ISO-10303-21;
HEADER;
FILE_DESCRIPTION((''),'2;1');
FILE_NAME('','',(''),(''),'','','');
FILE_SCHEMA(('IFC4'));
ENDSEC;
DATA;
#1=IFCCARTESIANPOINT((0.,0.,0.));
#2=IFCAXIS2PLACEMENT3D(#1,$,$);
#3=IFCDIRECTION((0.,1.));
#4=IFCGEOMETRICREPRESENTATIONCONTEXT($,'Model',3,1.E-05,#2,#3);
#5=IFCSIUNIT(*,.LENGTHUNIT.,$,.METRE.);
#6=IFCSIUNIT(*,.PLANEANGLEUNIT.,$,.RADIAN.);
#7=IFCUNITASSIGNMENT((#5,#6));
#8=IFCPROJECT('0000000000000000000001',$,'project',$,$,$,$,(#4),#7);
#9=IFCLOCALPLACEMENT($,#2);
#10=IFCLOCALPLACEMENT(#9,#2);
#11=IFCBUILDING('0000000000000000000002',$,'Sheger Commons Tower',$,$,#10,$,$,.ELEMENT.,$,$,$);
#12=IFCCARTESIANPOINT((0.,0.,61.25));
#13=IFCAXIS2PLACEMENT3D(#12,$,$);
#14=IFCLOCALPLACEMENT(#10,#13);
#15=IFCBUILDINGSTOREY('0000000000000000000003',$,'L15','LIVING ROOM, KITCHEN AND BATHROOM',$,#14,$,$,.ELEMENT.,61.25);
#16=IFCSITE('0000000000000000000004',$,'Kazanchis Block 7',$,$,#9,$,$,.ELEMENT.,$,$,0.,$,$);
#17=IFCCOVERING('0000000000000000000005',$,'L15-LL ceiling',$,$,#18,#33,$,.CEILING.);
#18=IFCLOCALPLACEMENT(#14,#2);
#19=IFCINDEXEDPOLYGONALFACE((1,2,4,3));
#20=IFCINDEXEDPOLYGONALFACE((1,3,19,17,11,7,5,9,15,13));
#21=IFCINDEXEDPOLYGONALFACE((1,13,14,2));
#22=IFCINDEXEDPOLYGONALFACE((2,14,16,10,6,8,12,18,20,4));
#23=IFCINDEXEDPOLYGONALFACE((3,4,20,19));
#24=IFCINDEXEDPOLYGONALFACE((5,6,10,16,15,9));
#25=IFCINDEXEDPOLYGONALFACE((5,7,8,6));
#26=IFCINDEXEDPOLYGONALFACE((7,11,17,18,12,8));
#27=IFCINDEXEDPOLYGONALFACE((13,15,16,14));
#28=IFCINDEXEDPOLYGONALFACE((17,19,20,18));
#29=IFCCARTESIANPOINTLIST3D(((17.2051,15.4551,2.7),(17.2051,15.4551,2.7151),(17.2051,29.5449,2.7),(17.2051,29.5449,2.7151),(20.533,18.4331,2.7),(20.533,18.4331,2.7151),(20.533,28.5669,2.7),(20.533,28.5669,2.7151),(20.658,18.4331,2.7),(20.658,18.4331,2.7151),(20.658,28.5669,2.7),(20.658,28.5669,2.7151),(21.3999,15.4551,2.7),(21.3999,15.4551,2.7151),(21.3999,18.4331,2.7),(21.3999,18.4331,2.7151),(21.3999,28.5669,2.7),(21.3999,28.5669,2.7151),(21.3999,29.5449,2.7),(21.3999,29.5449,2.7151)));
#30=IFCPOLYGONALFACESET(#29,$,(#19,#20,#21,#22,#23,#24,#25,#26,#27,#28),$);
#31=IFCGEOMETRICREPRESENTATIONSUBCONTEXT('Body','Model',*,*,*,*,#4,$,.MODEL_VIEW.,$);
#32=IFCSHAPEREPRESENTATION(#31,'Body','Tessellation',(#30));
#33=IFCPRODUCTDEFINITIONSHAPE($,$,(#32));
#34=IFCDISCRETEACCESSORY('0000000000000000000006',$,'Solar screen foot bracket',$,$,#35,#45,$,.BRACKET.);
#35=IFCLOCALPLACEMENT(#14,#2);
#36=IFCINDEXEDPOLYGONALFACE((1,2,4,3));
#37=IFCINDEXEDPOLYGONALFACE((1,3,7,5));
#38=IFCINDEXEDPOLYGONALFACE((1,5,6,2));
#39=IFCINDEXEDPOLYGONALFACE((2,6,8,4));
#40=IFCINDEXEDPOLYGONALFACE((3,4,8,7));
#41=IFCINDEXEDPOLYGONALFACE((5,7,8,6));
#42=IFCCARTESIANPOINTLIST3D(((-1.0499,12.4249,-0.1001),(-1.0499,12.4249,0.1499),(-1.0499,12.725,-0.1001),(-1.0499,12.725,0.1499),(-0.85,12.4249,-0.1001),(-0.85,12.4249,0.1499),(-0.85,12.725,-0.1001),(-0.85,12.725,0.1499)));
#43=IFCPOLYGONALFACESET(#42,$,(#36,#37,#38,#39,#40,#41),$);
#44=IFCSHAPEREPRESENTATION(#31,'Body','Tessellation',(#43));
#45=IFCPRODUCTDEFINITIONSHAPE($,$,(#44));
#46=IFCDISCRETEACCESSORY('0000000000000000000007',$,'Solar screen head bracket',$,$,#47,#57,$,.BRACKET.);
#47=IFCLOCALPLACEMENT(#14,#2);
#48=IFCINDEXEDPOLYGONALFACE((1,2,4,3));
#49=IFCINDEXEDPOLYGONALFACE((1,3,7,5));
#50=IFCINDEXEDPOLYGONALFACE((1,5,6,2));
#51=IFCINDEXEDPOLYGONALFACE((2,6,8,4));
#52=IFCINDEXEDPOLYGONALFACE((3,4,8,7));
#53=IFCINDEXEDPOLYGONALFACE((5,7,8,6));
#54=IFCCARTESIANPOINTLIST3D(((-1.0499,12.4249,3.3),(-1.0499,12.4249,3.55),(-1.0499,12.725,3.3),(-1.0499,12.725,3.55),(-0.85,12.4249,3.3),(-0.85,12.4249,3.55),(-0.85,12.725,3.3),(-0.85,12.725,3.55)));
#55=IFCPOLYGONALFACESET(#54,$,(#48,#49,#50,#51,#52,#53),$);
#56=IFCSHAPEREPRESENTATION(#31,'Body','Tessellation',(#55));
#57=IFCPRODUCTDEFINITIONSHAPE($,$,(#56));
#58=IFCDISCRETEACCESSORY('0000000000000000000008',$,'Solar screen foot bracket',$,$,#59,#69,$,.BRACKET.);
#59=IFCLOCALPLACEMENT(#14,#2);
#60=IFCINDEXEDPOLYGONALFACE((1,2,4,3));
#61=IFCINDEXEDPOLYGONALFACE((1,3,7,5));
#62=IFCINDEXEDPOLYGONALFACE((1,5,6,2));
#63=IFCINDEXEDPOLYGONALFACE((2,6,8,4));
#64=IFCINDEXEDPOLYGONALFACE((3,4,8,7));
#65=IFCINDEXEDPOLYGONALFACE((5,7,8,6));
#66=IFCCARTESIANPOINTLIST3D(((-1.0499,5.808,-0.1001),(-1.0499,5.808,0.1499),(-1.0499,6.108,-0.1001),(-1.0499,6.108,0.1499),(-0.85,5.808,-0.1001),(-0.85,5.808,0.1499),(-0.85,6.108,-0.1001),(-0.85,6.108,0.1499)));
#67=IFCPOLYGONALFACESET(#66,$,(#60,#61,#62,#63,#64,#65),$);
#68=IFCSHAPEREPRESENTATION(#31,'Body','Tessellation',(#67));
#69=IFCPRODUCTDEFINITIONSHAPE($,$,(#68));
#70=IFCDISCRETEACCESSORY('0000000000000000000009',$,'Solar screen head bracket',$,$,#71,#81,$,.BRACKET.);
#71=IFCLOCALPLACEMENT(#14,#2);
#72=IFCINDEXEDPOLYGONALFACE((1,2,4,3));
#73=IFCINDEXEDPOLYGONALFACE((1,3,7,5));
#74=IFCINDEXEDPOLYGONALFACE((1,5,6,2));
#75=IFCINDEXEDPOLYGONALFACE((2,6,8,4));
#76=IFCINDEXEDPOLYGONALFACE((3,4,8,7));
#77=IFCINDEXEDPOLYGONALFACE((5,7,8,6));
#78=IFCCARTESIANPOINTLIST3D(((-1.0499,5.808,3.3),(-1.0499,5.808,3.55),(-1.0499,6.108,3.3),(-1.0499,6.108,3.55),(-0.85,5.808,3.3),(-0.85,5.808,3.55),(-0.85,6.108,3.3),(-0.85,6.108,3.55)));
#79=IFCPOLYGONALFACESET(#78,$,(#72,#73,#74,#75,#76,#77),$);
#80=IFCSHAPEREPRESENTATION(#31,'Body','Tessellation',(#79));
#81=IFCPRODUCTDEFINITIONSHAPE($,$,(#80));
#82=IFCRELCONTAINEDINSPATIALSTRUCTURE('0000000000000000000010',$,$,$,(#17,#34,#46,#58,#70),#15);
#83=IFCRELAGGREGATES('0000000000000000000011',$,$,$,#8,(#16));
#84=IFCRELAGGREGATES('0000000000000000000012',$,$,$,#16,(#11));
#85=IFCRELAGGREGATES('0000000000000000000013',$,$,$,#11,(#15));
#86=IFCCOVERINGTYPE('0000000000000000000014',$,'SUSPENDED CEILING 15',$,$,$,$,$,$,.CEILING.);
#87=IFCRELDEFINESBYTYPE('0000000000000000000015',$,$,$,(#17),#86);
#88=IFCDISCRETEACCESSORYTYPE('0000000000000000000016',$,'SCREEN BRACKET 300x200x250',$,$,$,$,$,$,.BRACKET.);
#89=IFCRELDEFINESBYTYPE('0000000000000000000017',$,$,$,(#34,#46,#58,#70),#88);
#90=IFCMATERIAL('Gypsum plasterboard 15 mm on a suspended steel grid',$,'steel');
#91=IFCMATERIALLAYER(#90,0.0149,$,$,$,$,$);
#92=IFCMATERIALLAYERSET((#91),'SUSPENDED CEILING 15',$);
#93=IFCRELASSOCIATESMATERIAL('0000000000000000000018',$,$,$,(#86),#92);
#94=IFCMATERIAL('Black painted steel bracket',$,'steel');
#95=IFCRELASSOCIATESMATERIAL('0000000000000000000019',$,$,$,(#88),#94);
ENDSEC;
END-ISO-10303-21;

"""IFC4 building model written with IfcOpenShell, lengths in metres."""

from ifc_helpers import new_model, si_unit, direction, frame, origin, origin_2d, place, context, subcontext, project, spatial, polyline, rectangle, outline, extrude, material, layer, layer_set, type_object, element, save


model = new_model("IFC4")

# Units and contexts
model_context = context("Model", 3, precision=1e-05, world=origin(), true_north=direction((0.0, 1.0)))
body_context = subcontext(model_context, "Body", "Model", "MODEL_VIEW")
ifc_project = project(units=[si_unit("LENGTHUNIT", "METRE"), si_unit("PLANEANGLEUNIT", "RADIAN")], contexts=[model_context])

# Site, building, storey
site_placement = place(None, origin())
site = spatial("IfcSite", under=ifc_project, at=site_placement, Name="Kazanchis Block 7", CompositionType="ELEMENT", RefElevation=0.0)
building_placement = place(site_placement, origin())
building = spatial("IfcBuilding", under=site, at=building_placement, Name="Sheger Commons Tower", CompositionType="ELEMENT")
storey_placement = place(building_placement, frame((0.0, 0.0, 61.25)))
storey = spatial("IfcBuildingStorey", under=building, at=storey_placement, Name="L15", Description="LIVING ROOM, KITCHEN AND BATHROOM", CompositionType="ELEMENT", Elevation=61.25)

# Covering
ifc_material_1 = material(Name="Gypsum plasterboard 15 mm on a suspended steel grid", Category="steel")
ifc_layer_1 = layer(ifc_material_1, 0.0149)
ifc_layer_set_1 = layer_set([ifc_layer_1], Name="SUSPENDED CEILING 15")
covering_type_1 = type_object("IfcCoveringType", Name="SUSPENDED CEILING 15", PredefinedType="CEILING", material=ifc_layer_set_1)
covering_1_placement = place(storey_placement, frame((0.0, 0.0, 2.7)))
element("IfcCovering", 1, at=covering_1_placement, inside=storey, type_object=covering_type_1, Name="L15-LL ceiling", PredefinedType="CEILING", context=body_context, shape_type="SweptSolid", body=[
    extrude(outline(polyline([(17.2051, 15.4551), (21.3999, 15.4551), (21.3999, 18.4331), (20.658, 18.4331), (20.533, 18.4331), (20.533, 28.5669), (20.658, 28.5669), (21.3999, 28.5669), (21.3999, 29.5449), (17.2051, 29.5449), (17.2051, 15.4551)])), origin(), (0.0, 0.0, 1.0), 0.0151),
])

# Discrete accessories
ifc_material_2 = material(Name="Black painted steel bracket", Category="steel")
discrete_accessory_type = type_object("IfcDiscreteAccessoryType", Name="SCREEN BRACKET 300x200x250", PredefinedType="BRACKET", material=ifc_material_2)
for number, where, z_axis, x_axis, name in (
    (2, (-0.95, 12.575, -0.1001), (0.0, 0.0, 1.0), (0.0, -1.0, 0.0), "Solar screen foot bracket"),
    (3, (-0.95, 12.575, 3.3), (0.0, 0.0, 1.0), (0.0, -1.0, 0.0), "Solar screen head bracket"),
    (4, (-0.95, 5.958, -0.1001), (0.0, 0.0, 1.0), (0.0, -1.0, 0.0), "Solar screen foot bracket"),
    (5, (-0.95, 5.958, 3.3), (0.0, 0.0, 1.0), (0.0, -1.0, 0.0), "Solar screen head bracket"),
):
    element("IfcDiscreteAccessory", number, at=place(storey_placement, frame(where, z_axis=z_axis, x_axis=x_axis)), inside=storey, type_object=discrete_accessory_type, Name=name, PredefinedType="BRACKET", context=body_context, shape_type="SweptSolid", body=[
        extrude(rectangle(XDim=0.3, YDim=0.2, at=origin_2d()), origin(), (0.0, 0.0, 1.0), 0.25),
    ])

save(model, "model.ifc")
